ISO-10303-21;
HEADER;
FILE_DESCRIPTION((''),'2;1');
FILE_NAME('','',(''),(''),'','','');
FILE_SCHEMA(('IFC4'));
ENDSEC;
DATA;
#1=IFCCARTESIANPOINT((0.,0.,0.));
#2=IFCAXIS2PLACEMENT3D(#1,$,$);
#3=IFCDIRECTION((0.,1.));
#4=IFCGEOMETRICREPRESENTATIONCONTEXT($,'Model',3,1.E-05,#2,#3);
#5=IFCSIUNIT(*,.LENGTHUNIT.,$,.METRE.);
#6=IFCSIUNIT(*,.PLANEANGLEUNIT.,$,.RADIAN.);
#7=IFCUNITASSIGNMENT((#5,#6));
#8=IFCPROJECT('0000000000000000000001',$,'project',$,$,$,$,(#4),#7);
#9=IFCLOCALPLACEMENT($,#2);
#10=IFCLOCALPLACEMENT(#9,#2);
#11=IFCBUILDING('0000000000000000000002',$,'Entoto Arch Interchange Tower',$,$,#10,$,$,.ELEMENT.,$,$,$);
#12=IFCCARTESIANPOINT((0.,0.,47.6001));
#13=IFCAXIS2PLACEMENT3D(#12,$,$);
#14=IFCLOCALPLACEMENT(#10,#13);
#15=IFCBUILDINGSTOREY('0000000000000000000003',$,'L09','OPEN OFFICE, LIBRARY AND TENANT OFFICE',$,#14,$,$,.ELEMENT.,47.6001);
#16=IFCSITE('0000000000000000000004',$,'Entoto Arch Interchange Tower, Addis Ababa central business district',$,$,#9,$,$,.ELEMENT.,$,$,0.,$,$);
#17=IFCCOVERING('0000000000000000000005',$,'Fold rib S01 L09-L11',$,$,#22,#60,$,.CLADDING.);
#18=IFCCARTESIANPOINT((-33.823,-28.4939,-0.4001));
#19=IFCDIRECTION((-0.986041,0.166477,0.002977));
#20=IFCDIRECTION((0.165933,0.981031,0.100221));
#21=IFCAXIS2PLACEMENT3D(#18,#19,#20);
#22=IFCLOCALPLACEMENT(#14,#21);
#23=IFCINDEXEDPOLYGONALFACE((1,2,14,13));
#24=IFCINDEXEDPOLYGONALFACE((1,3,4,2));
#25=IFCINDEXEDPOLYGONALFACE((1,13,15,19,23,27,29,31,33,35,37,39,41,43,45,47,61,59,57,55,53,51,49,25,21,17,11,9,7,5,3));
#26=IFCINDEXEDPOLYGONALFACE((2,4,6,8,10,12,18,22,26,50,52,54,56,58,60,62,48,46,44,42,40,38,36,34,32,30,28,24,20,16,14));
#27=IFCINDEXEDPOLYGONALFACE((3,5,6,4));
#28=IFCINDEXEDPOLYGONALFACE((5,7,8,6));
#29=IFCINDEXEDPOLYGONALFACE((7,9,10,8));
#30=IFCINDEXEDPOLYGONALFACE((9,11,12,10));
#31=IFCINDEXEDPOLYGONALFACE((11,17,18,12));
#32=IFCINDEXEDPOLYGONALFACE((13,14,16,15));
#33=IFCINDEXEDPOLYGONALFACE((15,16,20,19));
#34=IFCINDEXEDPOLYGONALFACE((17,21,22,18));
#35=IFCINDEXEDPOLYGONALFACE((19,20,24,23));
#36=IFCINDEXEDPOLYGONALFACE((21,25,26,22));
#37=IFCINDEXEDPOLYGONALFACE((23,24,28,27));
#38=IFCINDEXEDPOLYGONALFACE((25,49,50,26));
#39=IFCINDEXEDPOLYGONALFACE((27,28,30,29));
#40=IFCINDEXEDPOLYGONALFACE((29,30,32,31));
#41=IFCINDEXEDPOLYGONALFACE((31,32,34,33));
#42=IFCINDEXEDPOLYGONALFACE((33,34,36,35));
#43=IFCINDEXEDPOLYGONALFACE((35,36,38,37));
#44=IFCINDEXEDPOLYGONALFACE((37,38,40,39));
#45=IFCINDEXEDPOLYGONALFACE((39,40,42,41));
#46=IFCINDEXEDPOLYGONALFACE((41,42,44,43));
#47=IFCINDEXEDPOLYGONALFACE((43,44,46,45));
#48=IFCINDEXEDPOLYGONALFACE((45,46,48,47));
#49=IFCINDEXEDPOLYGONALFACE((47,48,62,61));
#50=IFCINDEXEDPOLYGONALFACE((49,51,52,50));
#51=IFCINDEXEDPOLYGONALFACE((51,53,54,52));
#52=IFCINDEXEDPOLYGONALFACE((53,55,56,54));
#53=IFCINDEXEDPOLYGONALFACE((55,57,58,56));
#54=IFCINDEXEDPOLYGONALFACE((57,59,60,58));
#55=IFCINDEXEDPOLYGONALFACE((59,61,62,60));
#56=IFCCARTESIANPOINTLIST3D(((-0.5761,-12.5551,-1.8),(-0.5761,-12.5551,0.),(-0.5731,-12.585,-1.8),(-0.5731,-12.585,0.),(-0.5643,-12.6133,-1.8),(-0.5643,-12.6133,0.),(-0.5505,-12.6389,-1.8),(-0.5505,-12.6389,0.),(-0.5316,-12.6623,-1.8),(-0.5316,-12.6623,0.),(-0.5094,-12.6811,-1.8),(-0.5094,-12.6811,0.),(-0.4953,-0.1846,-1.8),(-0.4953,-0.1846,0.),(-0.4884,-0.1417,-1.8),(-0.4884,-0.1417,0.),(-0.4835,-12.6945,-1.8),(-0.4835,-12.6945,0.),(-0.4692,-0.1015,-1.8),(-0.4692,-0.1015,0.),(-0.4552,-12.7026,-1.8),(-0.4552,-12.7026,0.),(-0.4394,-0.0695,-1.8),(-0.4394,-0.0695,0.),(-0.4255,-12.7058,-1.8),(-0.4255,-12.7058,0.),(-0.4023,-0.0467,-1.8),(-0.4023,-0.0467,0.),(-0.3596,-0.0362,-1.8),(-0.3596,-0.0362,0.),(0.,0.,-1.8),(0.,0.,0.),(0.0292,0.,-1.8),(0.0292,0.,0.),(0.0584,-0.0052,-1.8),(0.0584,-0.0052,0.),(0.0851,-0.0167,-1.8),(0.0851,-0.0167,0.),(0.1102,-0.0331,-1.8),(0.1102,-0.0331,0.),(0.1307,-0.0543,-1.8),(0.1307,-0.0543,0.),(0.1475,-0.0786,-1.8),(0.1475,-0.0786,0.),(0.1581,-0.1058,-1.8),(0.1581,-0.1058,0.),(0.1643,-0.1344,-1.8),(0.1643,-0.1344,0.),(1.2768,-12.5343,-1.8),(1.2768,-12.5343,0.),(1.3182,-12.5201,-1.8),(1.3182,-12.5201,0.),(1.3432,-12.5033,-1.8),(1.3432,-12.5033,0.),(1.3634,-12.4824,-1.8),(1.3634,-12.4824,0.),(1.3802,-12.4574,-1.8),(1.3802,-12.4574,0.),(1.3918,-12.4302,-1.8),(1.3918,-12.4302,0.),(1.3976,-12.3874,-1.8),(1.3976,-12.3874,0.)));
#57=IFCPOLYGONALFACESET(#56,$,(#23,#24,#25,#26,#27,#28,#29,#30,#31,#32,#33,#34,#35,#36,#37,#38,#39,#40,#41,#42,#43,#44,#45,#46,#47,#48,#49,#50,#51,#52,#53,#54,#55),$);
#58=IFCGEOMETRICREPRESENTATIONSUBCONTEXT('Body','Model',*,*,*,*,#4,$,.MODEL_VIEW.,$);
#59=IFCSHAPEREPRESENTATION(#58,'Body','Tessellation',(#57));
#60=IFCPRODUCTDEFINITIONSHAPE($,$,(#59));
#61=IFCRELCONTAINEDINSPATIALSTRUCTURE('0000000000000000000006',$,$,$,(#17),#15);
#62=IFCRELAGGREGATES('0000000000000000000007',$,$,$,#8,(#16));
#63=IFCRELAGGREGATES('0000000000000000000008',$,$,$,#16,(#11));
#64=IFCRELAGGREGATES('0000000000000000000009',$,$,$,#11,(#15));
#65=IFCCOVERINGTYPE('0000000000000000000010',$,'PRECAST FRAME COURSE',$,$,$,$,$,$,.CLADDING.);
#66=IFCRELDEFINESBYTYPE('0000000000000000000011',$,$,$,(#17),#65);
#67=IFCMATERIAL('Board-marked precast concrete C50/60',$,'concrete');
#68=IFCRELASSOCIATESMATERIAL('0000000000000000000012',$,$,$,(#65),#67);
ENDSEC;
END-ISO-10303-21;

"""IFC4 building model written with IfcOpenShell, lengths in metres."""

from ifc_helpers import new_model, si_unit, direction, frame, origin, place, context, subcontext, project, spatial, polyline, outline, extrude, material, type_object, element, save


model = new_model("IFC4")

# Units and contexts
model_context = context("Model", 3, precision=1e-05, world=origin(), true_north=direction((0.0, 1.0)))
body_context = subcontext(model_context, "Body", "Model", "MODEL_VIEW")
ifc_project = project(units=[si_unit("LENGTHUNIT", "METRE"), si_unit("PLANEANGLEUNIT", "RADIAN")], contexts=[model_context])

# Site, building, storey
site_placement = place(None, origin())
site = spatial("IfcSite", under=ifc_project, at=site_placement, Name="Entoto Arch Interchange Tower, Addis Ababa central business district", CompositionType="ELEMENT", RefElevation=0.0)
building_placement = place(site_placement, origin())
building = spatial("IfcBuilding", under=site, at=building_placement, Name="Entoto Arch Interchange Tower", CompositionType="ELEMENT")
storey_placement = place(building_placement, frame((0.0, 0.0, 47.6001)))
storey = spatial("IfcBuildingStorey", under=building, at=storey_placement, Name="L09", Description="OPEN OFFICE, LIBRARY AND TENANT OFFICE", CompositionType="ELEMENT", Elevation=47.6001)

# Covering
ifc_material_1 = material(Name="Board-marked precast concrete C50/60", Category="concrete")
covering_type = type_object("IfcCoveringType", Name="PRECAST FRAME COURSE", PredefinedType="CLADDING", material=ifc_material_1)
covering_1_placement = place(storey_placement, frame((-33.823, -28.4939, -0.4001), z_axis=(-0.986041, 0.166477, 0.002977), x_axis=(0.165933, 0.981031, 0.100221)))
element("IfcCovering", 1, at=covering_1_placement, inside=storey, type_object=covering_type, Name="Fold rib S01 L09-L11", PredefinedType="CLADDING", context=body_context, shape_type="SweptSolid", body=[
    extrude(outline(polyline([(0.0, 0.0), (0.0292, 0.0), (0.0584, -0.0052), (0.0851, -0.0167), (0.1102, -0.0331), (0.1307, -0.0543), (0.1475, -0.0786), (0.1581, -0.1058), (0.1643, -0.1344), (1.3976, -12.3874), (1.3918, -12.4302), (1.3802, -12.4574), (1.3634, -12.4824), (1.3432, -12.5033), (1.3182, -12.5201), (1.2768, -12.5343), (-0.4255, -12.7058), (-0.4552, -12.7026), (-0.4835, -12.6945), (-0.5094, -12.6811), (-0.5316, -12.6623), (-0.5505, -12.6389), (-0.5643, -12.6133), (-0.5731, -12.585), (-0.5761, -12.5551), (-0.4953, -0.1846), (-0.4884, -0.1417), (-0.4692, -0.1015), (-0.4394, -0.0695), (-0.4023, -0.0467), (-0.3596, -0.0362), (0.0, 0.0)])), origin(), (0.0, 0.0, -1.0), 1.8),
])

save(model, "model.ifc")
